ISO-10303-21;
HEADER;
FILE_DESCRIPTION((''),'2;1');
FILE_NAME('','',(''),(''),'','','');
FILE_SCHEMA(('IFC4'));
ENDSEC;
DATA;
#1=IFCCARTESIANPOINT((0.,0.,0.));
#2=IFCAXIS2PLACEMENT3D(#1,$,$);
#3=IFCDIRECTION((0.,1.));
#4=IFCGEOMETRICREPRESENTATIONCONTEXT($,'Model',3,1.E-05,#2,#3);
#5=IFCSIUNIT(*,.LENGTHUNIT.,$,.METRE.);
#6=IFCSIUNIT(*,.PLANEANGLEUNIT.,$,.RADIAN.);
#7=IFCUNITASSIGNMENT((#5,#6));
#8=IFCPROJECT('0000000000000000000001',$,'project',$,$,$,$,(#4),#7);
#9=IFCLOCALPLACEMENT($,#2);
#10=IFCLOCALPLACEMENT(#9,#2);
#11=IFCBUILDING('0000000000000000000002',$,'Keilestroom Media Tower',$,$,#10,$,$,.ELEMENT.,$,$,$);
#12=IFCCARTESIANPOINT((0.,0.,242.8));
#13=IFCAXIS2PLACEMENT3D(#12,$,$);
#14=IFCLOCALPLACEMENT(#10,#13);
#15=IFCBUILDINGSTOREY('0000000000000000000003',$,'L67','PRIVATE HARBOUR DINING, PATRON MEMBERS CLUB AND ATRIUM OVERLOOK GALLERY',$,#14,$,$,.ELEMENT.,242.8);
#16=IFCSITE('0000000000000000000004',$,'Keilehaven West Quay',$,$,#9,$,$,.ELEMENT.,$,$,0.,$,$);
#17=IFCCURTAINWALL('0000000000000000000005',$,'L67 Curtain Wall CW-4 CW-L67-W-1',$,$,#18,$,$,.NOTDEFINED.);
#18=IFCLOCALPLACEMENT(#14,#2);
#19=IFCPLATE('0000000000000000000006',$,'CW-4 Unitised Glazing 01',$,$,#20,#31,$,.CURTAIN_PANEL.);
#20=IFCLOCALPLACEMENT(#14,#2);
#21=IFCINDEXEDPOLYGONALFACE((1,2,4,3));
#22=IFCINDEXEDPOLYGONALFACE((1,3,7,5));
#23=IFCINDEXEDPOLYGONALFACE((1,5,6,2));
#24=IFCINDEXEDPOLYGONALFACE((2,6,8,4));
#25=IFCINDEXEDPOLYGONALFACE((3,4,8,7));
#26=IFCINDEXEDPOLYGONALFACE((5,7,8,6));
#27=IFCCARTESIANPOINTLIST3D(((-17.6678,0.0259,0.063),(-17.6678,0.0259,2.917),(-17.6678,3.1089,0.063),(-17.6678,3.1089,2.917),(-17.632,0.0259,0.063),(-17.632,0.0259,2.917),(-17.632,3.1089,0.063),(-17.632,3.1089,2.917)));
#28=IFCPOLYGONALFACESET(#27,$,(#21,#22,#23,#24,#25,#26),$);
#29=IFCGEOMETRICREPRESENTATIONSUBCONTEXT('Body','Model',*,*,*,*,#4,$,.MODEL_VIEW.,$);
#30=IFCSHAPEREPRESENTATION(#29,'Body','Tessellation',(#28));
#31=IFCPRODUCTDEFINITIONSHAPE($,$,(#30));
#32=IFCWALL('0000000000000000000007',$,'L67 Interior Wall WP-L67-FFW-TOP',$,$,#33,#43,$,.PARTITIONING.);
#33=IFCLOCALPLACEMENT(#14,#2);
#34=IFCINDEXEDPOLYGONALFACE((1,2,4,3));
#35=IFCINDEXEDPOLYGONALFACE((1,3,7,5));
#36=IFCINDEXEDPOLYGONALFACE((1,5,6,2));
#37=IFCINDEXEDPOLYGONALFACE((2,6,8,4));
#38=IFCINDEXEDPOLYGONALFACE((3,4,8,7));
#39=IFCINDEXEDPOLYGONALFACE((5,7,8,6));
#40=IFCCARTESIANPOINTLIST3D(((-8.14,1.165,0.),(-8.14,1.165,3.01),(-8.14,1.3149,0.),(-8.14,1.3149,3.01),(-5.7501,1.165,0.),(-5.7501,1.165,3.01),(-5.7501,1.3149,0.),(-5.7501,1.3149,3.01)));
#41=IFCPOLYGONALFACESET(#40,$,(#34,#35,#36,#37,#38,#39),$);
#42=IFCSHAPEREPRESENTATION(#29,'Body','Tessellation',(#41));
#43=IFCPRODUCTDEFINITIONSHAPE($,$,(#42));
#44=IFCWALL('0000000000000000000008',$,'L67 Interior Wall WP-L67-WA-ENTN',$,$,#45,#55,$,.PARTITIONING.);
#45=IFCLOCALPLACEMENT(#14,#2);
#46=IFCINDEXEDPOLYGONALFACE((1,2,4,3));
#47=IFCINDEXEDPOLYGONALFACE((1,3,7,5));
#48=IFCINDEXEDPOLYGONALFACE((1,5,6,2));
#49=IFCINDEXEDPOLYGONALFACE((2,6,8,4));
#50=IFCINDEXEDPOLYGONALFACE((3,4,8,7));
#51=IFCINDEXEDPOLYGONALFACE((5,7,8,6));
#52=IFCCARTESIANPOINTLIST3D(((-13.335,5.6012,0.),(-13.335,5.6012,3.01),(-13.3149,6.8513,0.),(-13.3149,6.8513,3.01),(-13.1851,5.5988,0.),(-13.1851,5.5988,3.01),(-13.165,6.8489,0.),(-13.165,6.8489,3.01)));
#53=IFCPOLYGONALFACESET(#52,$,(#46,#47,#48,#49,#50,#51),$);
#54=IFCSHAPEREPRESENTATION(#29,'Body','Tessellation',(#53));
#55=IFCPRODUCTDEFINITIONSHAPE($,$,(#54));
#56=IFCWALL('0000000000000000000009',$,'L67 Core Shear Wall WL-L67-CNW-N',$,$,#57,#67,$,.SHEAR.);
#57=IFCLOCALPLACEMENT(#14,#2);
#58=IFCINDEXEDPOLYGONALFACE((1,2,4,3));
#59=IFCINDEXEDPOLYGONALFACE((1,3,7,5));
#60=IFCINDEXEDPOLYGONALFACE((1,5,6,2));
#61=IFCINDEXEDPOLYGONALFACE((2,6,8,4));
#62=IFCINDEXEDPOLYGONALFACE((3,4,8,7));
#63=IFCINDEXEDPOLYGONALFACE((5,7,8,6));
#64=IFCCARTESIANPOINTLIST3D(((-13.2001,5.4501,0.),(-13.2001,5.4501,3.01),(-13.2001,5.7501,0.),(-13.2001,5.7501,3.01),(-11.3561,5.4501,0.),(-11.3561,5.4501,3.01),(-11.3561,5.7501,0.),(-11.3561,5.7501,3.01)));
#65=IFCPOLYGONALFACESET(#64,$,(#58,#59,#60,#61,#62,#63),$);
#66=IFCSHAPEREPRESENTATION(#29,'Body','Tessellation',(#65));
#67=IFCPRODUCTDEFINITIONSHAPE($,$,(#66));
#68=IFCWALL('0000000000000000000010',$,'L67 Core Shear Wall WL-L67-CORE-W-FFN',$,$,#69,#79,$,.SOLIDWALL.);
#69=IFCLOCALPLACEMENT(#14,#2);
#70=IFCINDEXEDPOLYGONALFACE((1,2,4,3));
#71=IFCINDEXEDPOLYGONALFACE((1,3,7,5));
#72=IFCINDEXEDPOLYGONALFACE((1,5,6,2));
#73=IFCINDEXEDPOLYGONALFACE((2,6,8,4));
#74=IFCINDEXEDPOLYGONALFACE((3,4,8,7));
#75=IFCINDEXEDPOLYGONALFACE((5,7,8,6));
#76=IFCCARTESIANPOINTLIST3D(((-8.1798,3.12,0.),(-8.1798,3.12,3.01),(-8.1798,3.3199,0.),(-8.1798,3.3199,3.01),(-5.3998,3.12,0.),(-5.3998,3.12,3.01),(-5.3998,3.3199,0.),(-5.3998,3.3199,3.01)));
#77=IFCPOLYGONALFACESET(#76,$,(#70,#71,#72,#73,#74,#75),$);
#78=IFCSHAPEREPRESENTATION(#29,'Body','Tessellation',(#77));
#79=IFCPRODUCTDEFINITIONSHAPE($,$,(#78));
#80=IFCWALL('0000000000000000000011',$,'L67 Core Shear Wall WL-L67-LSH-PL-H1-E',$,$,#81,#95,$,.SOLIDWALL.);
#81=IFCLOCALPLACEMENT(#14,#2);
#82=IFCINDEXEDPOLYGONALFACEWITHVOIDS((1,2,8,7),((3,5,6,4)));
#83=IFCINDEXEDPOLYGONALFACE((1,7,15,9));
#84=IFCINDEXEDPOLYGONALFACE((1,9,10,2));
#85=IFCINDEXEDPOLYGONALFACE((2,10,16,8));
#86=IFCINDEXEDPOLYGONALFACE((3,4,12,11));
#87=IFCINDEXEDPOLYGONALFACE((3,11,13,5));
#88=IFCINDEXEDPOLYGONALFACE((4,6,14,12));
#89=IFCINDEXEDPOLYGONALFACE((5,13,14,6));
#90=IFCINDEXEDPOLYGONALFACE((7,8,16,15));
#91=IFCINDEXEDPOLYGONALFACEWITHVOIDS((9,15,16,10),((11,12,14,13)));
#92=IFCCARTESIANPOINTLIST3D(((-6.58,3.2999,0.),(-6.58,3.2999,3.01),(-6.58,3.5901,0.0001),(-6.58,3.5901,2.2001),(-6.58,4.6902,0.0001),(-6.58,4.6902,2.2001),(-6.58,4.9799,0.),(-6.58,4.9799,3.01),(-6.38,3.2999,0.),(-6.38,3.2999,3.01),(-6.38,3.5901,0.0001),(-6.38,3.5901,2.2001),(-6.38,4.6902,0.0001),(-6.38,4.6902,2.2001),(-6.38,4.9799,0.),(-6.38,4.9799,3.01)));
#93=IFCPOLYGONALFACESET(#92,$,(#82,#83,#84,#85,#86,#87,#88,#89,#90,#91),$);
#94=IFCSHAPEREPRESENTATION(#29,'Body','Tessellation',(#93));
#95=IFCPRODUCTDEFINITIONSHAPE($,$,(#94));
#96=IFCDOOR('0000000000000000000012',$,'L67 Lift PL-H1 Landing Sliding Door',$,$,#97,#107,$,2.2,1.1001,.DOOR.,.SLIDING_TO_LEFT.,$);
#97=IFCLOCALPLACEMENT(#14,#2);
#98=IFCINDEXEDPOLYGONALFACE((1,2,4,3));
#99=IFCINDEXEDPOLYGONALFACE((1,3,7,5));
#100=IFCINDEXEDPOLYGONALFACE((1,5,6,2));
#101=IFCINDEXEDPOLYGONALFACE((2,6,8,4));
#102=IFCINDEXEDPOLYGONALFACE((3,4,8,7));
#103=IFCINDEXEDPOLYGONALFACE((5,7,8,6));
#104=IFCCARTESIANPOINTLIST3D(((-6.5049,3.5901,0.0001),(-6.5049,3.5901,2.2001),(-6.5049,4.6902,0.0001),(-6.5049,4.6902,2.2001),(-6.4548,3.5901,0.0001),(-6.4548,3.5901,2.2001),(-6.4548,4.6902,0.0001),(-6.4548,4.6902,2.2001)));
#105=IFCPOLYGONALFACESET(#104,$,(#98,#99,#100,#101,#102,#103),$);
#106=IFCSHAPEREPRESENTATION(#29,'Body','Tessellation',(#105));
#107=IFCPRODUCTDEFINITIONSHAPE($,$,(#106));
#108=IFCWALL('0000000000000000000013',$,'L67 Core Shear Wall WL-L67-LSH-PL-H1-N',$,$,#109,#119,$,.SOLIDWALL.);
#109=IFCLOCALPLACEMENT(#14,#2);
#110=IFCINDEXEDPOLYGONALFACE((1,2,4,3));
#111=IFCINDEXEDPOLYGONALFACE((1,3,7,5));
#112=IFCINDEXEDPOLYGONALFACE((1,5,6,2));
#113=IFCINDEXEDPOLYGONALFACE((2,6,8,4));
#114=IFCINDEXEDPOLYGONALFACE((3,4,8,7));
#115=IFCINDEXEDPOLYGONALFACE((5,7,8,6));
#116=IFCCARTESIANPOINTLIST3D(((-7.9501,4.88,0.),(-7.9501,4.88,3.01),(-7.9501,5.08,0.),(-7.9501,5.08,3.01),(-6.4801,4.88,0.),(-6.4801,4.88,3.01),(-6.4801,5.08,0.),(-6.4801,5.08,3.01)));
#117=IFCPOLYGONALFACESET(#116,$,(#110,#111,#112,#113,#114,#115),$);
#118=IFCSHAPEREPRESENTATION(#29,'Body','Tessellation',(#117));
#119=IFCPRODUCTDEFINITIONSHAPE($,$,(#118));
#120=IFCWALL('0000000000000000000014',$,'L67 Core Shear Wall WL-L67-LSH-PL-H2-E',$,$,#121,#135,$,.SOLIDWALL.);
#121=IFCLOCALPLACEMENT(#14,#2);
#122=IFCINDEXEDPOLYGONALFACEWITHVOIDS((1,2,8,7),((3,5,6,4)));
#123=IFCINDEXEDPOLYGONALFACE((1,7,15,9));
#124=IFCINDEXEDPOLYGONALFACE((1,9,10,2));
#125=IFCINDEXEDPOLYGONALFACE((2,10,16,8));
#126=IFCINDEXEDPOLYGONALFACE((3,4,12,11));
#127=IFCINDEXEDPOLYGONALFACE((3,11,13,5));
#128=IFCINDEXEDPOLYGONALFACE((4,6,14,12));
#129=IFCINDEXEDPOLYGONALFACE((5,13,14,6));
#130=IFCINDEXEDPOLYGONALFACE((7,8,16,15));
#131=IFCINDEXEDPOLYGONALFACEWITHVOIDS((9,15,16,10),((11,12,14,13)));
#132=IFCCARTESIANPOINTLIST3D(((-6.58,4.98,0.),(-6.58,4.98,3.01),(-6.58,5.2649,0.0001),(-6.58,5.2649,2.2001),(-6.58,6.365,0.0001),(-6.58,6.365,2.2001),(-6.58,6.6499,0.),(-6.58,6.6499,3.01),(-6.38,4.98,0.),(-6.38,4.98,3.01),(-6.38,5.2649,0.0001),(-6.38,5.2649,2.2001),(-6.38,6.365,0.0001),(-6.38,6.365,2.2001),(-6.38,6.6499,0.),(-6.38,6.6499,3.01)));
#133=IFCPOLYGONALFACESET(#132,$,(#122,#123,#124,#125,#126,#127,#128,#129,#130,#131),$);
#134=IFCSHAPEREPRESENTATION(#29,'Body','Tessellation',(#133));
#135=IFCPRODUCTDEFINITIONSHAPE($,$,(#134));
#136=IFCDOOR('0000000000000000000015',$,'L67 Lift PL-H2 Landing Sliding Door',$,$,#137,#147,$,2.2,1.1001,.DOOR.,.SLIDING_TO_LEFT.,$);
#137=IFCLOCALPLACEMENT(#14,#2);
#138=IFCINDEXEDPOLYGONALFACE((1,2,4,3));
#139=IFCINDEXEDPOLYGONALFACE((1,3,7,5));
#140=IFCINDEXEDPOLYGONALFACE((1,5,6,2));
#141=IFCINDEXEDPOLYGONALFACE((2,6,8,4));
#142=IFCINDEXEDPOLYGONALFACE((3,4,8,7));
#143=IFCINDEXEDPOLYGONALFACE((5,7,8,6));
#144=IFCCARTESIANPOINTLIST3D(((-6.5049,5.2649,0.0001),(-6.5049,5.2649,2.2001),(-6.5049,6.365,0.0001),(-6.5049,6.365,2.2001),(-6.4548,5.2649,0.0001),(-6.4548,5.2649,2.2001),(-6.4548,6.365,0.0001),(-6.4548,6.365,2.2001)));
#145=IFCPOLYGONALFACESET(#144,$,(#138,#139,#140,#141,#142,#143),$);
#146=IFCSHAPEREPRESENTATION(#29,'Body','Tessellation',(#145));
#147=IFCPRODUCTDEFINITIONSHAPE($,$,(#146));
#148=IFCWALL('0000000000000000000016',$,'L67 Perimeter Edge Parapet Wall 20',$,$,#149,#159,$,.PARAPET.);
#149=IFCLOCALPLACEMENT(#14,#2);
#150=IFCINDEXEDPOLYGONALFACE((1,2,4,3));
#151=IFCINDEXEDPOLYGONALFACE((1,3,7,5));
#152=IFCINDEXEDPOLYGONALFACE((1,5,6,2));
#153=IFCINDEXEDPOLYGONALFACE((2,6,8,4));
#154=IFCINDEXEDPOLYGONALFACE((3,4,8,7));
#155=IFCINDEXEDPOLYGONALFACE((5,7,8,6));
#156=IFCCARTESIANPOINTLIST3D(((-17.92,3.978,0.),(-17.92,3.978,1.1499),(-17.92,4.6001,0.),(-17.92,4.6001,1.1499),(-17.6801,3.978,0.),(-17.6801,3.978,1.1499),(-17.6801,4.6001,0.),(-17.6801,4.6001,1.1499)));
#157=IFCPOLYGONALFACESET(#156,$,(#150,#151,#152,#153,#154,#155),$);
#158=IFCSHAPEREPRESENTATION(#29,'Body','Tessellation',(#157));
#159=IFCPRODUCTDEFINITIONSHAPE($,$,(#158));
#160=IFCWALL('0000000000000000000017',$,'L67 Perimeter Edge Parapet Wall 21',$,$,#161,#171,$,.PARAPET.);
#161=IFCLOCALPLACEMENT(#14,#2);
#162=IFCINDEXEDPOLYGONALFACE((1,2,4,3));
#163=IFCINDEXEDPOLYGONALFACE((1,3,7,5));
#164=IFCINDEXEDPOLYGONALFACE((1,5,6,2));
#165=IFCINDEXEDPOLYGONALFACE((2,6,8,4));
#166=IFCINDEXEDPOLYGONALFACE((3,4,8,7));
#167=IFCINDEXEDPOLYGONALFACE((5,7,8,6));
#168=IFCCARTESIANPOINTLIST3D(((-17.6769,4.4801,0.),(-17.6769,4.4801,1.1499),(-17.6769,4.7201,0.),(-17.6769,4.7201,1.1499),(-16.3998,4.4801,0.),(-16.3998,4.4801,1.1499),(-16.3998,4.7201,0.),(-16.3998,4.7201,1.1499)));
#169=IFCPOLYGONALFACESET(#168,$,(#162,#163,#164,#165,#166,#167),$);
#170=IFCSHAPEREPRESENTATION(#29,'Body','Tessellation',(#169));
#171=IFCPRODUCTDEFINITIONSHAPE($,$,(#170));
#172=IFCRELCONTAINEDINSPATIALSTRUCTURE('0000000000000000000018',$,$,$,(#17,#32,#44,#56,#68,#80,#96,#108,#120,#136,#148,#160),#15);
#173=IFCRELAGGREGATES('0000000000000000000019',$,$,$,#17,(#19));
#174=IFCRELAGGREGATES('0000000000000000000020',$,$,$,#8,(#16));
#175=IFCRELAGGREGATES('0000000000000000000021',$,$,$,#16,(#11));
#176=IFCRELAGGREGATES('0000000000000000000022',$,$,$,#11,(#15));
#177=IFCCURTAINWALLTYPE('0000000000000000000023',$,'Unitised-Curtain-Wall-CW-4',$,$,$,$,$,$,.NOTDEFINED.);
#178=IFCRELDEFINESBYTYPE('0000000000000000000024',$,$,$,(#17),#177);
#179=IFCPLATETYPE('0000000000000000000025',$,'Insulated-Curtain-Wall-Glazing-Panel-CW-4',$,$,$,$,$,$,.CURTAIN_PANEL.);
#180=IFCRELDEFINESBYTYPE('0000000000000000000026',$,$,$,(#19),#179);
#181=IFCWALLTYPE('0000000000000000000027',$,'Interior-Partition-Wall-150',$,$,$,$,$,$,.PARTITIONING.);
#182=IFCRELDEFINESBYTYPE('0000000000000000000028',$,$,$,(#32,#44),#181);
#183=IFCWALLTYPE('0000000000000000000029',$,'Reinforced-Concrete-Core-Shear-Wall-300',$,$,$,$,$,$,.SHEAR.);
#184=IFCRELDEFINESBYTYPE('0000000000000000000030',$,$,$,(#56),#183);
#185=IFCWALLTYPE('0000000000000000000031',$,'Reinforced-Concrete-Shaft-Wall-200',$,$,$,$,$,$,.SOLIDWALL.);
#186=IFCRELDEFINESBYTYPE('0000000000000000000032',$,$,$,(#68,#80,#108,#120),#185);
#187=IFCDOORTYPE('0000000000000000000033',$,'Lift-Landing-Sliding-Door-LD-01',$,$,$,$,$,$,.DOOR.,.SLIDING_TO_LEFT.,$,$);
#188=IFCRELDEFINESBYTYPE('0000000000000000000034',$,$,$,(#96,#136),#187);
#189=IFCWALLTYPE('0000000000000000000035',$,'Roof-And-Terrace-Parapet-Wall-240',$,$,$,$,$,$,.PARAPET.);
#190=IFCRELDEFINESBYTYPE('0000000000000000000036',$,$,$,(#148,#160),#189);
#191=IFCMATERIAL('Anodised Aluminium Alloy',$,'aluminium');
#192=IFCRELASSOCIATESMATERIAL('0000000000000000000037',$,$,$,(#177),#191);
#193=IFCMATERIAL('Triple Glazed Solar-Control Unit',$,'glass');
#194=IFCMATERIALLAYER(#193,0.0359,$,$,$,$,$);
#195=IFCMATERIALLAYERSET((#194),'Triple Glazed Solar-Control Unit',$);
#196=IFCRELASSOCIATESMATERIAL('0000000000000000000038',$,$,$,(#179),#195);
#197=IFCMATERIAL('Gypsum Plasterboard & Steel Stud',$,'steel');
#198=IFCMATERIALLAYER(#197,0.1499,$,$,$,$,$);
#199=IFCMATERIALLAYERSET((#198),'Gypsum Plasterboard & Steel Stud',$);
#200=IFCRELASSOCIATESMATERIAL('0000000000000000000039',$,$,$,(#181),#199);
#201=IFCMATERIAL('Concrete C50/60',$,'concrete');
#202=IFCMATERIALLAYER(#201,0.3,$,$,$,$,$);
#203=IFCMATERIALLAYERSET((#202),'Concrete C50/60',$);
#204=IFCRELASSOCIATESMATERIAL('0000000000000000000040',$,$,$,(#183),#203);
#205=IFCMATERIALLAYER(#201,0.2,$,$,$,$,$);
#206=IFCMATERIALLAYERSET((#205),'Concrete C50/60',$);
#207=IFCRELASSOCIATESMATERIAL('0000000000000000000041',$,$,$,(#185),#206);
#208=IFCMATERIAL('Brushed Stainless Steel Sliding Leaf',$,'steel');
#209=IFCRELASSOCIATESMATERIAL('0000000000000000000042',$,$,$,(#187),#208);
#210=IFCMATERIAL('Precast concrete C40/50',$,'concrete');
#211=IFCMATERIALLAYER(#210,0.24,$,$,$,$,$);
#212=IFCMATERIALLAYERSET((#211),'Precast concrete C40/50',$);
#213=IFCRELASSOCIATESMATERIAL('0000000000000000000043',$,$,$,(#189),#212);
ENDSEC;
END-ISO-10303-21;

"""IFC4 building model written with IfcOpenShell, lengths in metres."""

from ifc_helpers import new_model, si_unit, direction, frame, frame_2d, origin, origin_2d, place, context, subcontext, project, spatial, rectangle, extrude, source, transform, mapped, material, layer, layer_set, type_object, element, fill, aggregate, save


model = new_model("IFC4")

# Units and contexts
model_context = context("Model", 3, precision=1e-05, world=origin(), true_north=direction((0.0, 1.0)))
body_context = subcontext(model_context, "Body", "Model", "MODEL_VIEW")
ifc_project = project(units=[si_unit("LENGTHUNIT", "METRE"), si_unit("PLANEANGLEUNIT", "RADIAN")], contexts=[model_context])

# Site, building, storey
site_placement = place(None, origin())
site = spatial("IfcSite", under=ifc_project, at=site_placement, Name="Keilehaven West Quay", CompositionType="ELEMENT", RefElevation=0.0)
building_placement = place(site_placement, origin())
building = spatial("IfcBuilding", under=site, at=building_placement, Name="Keilestroom Media Tower", CompositionType="ELEMENT")
storey_placement = place(building_placement, frame((0.0, 0.0, 242.8)))
storey = spatial("IfcBuildingStorey", under=building, at=storey_placement, Name="L67", Description="PRIVATE HARBOUR DINING, PATRON MEMBERS CLUB AND ATRIUM OVERLOOK GALLERY", CompositionType="ELEMENT", Elevation=242.8)

# Shared definitions
ifc_material_1 = material(Name="Precast concrete C40/50", Category="concrete")

# Curtain wall
ifc_material_2 = material(Name="Anodised Aluminium Alloy", Category="aluminium")
curtain_wall_type = type_object("IfcCurtainWallType", Name="Unitised-Curtain-Wall-CW-4", PredefinedType="NOTDEFINED", material=ifc_material_2)
curtain_wall_placement = place(storey_placement, origin())
curtain_wall = element("IfcCurtainWall", 1, at=curtain_wall_placement, inside=storey, type_object=curtain_wall_type, Name="L67 Curtain Wall CW-4 CW-L67-W-1", PredefinedType="NOTDEFINED")

# Plate
ifc_material_3 = material(Name="Triple Glazed Solar-Control Unit", Category="glass")
ifc_layer_1 = layer(ifc_material_3, 0.0359)
ifc_layer_set_1 = layer_set([ifc_layer_1], Name="Triple Glazed Solar-Control Unit")
plate_type = type_object("IfcPlateType", Name="Insulated-Curtain-Wall-Glazing-Panel-CW-4", PredefinedType="CURTAIN_PANEL", material=ifc_layer_set_1)
shared_shape_1 = source(origin(), body_context, "Body", "SweptSolid", [
    extrude(rectangle(XDim=3.083, YDim=0.0359, at=origin_2d()), origin(), (0.0, 0.0, 1.0), 2.854),
])
plate_placement = place(storey_placement, frame((-17.6499, 1.5674, 0.063), z_axis=(0.0, 0.0, 1.0), x_axis=(0.0, 1.0, 0.0)))
plate = element("IfcPlate", 2, at=plate_placement, type_object=plate_type, Name="CW-4 Unitised Glazing 01", PredefinedType="CURTAIN_PANEL", context=body_context, shape_type="MappedRepresentation", body=[
    mapped(shared_shape_1, transform((0.0, 0.0, 0.0), x_axis=(1.0, 0.0, 0.0), y_axis=(0.0, 1.0, 0.0), z_axis=(0.0, 0.0, 1.0), scale=1.0)),
])
aggregate(curtain_wall, [plate])

# Walls
ifc_material_4 = material(Name="Gypsum Plasterboard & Steel Stud", Category="steel")
ifc_layer_2 = layer(ifc_material_4, 0.1499)
ifc_layer_set_2 = layer_set([ifc_layer_2], Name="Gypsum Plasterboard & Steel Stud")
wall_type_1 = type_object("IfcWallType", Name="Interior-Partition-Wall-150", PredefinedType="PARTITIONING", material=ifc_layer_set_2)
wall_1_placement = place(storey_placement, frame((-8.1399, 1.24, 0.0), z_axis=(0.0, 0.0, 1.0), x_axis=(1.0, 0.0, 0.0)))
element("IfcWall", 3, at=wall_1_placement, inside=storey, type_object=wall_type_1, Name="L67 Interior Wall WP-L67-FFW-TOP", PredefinedType="PARTITIONING", context=body_context, shape_type="SweptSolid", body=[
    extrude(rectangle(XDim=2.3899, YDim=0.1499, at=frame_2d((1.1948, 0.0))), origin(), (0.0, 0.0, 1.0), 3.01),
])
wall_2_placement = place(storey_placement, frame((-13.26, 5.6001, 0.0), z_axis=(0.0, 0.0, 1.0), x_axis=(0.016014, 0.999872, 0.0)))
element("IfcWall", 4, at=wall_2_placement, inside=storey, type_object=wall_type_1, Name="L67 Interior Wall WP-L67-WA-ENTN", PredefinedType="PARTITIONING", context=body_context, shape_type="SweptSolid", body=[
    extrude(rectangle(XDim=1.2502, YDim=0.1499, at=frame_2d((0.625, 0.0))), origin(), (0.0, 0.0, 1.0), 3.01),
])
ifc_material_5 = material(Name="Concrete C50/60", Category="concrete")
ifc_layer_3 = layer(ifc_material_5, 0.3)
ifc_layer_set_3 = layer_set([ifc_layer_3], Name="Concrete C50/60")
wall_type_2 = type_object("IfcWallType", Name="Reinforced-Concrete-Core-Shear-Wall-300", PredefinedType="SHEAR", material=ifc_layer_set_3)
wall_3_placement = place(storey_placement, frame((-13.2, 5.6001, 0.0), z_axis=(0.0, 0.0, 1.0), x_axis=(1.0, 0.0, 0.0)))
element("IfcWall", 5, at=wall_3_placement, inside=storey, type_object=wall_type_2, Name="L67 Core Shear Wall WL-L67-CNW-N", PredefinedType="SHEAR", context=body_context, shape_type="SweptSolid", body=[
    extrude(rectangle(XDim=1.844, YDim=0.3, at=frame_2d((0.9219, 0.0))), origin(), (0.0, 0.0, 1.0), 3.01),
])
ifc_layer_4 = layer(ifc_material_5, 0.2)
ifc_layer_set_4 = layer_set([ifc_layer_4], Name="Concrete C50/60")
wall_type_3 = type_object("IfcWallType", Name="Reinforced-Concrete-Shaft-Wall-200", PredefinedType="SOLIDWALL", material=ifc_layer_set_4)
wall_4_placement = place(storey_placement, frame((-8.1799, 3.22, 0.0), z_axis=(0.0, 0.0, 1.0), x_axis=(1.0, 0.0, 0.0)))
element("IfcWall", 6, at=wall_4_placement, inside=storey, type_object=wall_type_3, Name="L67 Core Shear Wall WL-L67-CORE-W-FFN", PredefinedType="SOLIDWALL", context=body_context, shape_type="SweptSolid", body=[
    extrude(rectangle(XDim=2.78, YDim=0.2, at=frame_2d((1.3901, 0.0))), origin(), (0.0, 0.0, 1.0), 3.01),
])

# Wall, opening, door
wall_5_placement = place(storey_placement, frame((-6.48, 3.3, 0.0), z_axis=(0.0, 0.0, 1.0), x_axis=(0.0, 1.0, 0.0)))
wall_5 = element("IfcWall", 7, at=wall_5_placement, inside=storey, type_object=wall_type_3, Name="L67 Core Shear Wall WL-L67-LSH-PL-H1-E", PredefinedType="SOLIDWALL", context=body_context, shape_type="SweptSolid", body=[
    extrude(rectangle(XDim=1.6799, YDim=0.2, at=frame_2d((0.8398, 0.0))), origin(), (0.0, 0.0, 1.0), 3.01),
])
opening_1_placement = place(wall_5_placement, frame((0.29, 0.0, 0.0)))
opening_1 = element("IfcOpeningElement", 8, at=opening_1_placement, cuts=wall_5, PredefinedType="OPENING", context=body_context, shape_type="SweptSolid", body=[
    extrude(rectangle(XDim=1.1001, YDim=2.2, at=frame_2d((0.55, 1.1001))), frame((0.0, 0.1099, 0.0), z_axis=(0.0, -1.0, 0.0), x_axis=(1.0, 0.0, 0.0)), (0.0, 0.0, 1.0), 0.22),
])
ifc_material_6 = material(Name="Brushed Stainless Steel Sliding Leaf", Category="steel")
door_type = type_object("IfcDoorType", Name="Lift-Landing-Sliding-Door-LD-01", OperationType="SLIDING_TO_LEFT", PredefinedType="DOOR", material=ifc_material_6)
shared_shape_2 = source(origin(), body_context, "Body", "SweptSolid", [
    extrude(rectangle(XDim=1.1001, YDim=2.2, at=frame_2d((0.55, 1.1001))), frame((0.0, 0.0249, 0.0), z_axis=(0.0, -1.0, 0.0), x_axis=(1.0, 0.0, 0.0)), (0.0, 0.0, 1.0), 0.05),
])
door_1_placement = place(opening_1_placement, origin())
door_1 = element("IfcDoor", 9, at=door_1_placement, inside=storey, type_object=door_type, Name="L67 Lift PL-H1 Landing Sliding Door", OperationType="SLIDING_TO_LEFT", OverallHeight=2.2, OverallWidth=1.1001, PredefinedType="DOOR", context=body_context, shape_type="MappedRepresentation", body=[
    mapped(shared_shape_2, transform((0.0, 0.0, 0.0), x_axis=(1.0, 0.0, 0.0), y_axis=(0.0, 1.0, 0.0), z_axis=(0.0, 0.0, 1.0), scale=1.0)),
])
fill(opening_1, door_1)

# Wall
wall_6_placement = place(storey_placement, frame((-7.95, 4.98, 0.0), z_axis=(0.0, 0.0, 1.0), x_axis=(1.0, 0.0, 0.0)))
element("IfcWall", 10, at=wall_6_placement, inside=storey, type_object=wall_type_3, Name="L67 Core Shear Wall WL-L67-LSH-PL-H1-N", PredefinedType="SOLIDWALL", context=body_context, shape_type="SweptSolid", body=[
    extrude(rectangle(XDim=1.47, YDim=0.2, at=frame_2d((0.7349, 0.0))), origin(), (0.0, 0.0, 1.0), 3.01),
])

# Wall, opening, door
wall_7_placement = place(storey_placement, frame((-6.48, 4.98, 0.0), z_axis=(0.0, 0.0, 1.0), x_axis=(0.0, 1.0, 0.0)))
wall_7 = element("IfcWall", 11, at=wall_7_placement, inside=storey, type_object=wall_type_3, Name="L67 Core Shear Wall WL-L67-LSH-PL-H2-E", PredefinedType="SOLIDWALL", context=body_context, shape_type="SweptSolid", body=[
    extrude(rectangle(XDim=1.6699, YDim=0.2, at=frame_2d((0.835, 0.0))), origin(), (0.0, 0.0, 1.0), 3.01),
])
opening_2_placement = place(wall_7_placement, frame((0.2849, 0.0, 0.0)))
opening_2 = element("IfcOpeningElement", 12, at=opening_2_placement, cuts=wall_7, PredefinedType="OPENING", context=body_context, shape_type="SweptSolid", body=[
    extrude(rectangle(XDim=1.1001, YDim=2.2, at=frame_2d((0.55, 1.1001))), frame((0.0, 0.1099, 0.0), z_axis=(0.0, -1.0, 0.0), x_axis=(1.0, 0.0, 0.0)), (0.0, 0.0, 1.0), 0.22),
])
door_2_placement = place(opening_2_placement, origin())
door_2 = element("IfcDoor", 13, at=door_2_placement, inside=storey, type_object=door_type, Name="L67 Lift PL-H2 Landing Sliding Door", OperationType="SLIDING_TO_LEFT", OverallHeight=2.2, OverallWidth=1.1001, PredefinedType="DOOR", context=body_context, shape_type="MappedRepresentation", body=[
    mapped(shared_shape_2, transform((0.0, 0.0, 0.0), x_axis=(1.0, 0.0, 0.0), y_axis=(0.0, 1.0, 0.0), z_axis=(0.0, 0.0, 1.0), scale=1.0)),
])
fill(opening_2, door_2)

# Walls
ifc_layer_5 = layer(ifc_material_1, 0.24)
ifc_layer_set_5 = layer_set([ifc_layer_5], Name="Precast concrete C40/50")
wall_type_4 = type_object("IfcWallType", Name="Roof-And-Terrace-Parapet-Wall-240", PredefinedType="PARAPET", material=ifc_layer_set_5)
wall_8_placement = place(storey_placement, frame((-17.8, 3.978, 0.0), z_axis=(0.0, 0.0, 1.0), x_axis=(0.0, 1.0, 0.0)))
element("IfcWall", 14, at=wall_8_placement, inside=storey, type_object=wall_type_4, Name="L67 Perimeter Edge Parapet Wall 20", PredefinedType="PARAPET", context=body_context, shape_type="SweptSolid", body=[
    extrude(rectangle(XDim=0.6221, YDim=0.24, at=frame_2d((0.311, 0.0))), origin(), (0.0, 0.0, 1.0), 1.1499),
])
wall_9_placement = place(storey_placement, frame((-17.677, 4.6001, 0.0), z_axis=(0.0, 0.0, 1.0), x_axis=(1.0, 0.0, 0.0)))
element("IfcWall", 15, at=wall_9_placement, inside=storey, type_object=wall_type_4, Name="L67 Perimeter Edge Parapet Wall 21", PredefinedType="PARAPET", context=body_context, shape_type="SweptSolid", body=[
    extrude(rectangle(XDim=1.2771, YDim=0.24, at=frame_2d((0.6387, 0.0))), origin(), (0.0, 0.0, 1.0), 1.1499),
])

save(model, "model.ifc")
